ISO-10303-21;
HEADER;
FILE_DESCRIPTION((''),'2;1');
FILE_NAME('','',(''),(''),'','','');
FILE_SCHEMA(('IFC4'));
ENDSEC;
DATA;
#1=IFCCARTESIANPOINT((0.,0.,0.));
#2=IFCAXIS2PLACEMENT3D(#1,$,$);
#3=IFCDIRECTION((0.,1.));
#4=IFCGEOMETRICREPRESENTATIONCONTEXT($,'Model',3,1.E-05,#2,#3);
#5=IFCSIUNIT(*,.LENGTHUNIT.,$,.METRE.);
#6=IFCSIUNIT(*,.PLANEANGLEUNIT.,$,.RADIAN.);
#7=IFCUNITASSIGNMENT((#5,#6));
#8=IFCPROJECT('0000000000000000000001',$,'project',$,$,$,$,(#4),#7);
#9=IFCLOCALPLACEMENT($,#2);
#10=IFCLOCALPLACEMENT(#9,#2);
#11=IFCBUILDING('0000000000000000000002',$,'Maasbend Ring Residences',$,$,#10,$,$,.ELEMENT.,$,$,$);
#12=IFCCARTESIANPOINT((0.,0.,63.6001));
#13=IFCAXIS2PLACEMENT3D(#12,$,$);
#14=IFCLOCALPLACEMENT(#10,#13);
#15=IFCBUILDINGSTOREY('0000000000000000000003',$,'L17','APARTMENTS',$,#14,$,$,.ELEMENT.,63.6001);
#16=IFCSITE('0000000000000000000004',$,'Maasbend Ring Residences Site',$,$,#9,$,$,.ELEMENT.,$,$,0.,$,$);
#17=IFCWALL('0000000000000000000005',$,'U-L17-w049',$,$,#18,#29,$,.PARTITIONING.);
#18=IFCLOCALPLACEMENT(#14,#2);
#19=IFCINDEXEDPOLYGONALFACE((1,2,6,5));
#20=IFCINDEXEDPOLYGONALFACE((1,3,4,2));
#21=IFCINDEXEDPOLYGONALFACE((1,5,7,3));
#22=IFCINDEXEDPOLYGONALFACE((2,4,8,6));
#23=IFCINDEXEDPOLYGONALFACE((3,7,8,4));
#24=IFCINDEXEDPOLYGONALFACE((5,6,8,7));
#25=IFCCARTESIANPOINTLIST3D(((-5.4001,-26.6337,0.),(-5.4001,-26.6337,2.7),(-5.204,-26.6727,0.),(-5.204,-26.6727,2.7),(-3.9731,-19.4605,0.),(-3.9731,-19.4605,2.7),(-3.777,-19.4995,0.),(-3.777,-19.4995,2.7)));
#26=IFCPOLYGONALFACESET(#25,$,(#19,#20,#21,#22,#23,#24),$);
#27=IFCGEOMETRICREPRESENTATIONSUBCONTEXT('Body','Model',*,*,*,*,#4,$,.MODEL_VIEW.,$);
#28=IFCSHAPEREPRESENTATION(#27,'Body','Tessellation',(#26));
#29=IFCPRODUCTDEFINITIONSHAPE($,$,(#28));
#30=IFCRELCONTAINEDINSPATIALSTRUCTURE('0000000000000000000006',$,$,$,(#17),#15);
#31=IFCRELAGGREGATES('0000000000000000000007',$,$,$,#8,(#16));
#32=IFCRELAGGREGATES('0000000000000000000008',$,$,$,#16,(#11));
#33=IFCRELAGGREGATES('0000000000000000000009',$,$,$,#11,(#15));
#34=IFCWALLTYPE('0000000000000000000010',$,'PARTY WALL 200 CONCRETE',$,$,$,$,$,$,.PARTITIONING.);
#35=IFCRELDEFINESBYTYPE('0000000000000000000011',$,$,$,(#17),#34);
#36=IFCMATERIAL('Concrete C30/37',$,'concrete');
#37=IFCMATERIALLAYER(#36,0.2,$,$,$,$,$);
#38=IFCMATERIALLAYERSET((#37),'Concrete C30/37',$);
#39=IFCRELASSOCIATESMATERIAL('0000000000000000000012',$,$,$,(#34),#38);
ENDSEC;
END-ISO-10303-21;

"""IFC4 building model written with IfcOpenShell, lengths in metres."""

from ifc_helpers import new_model, si_unit, direction, frame, frame_2d, origin, place, context, subcontext, project, spatial, rectangle, extrude, material, layer, layer_set, type_object, element, save


model = new_model("IFC4")

# Units and contexts
model_context = context("Model", 3, precision=1e-05, world=origin(), true_north=direction((0.0, 1.0)))
body_context = subcontext(model_context, "Body", "Model", "MODEL_VIEW")
ifc_project = project(units=[si_unit("LENGTHUNIT", "METRE"), si_unit("PLANEANGLEUNIT", "RADIAN")], contexts=[model_context])

# Site, building, storey
site_placement = place(None, origin())
site = spatial("IfcSite", under=ifc_project, at=site_placement, Name="Maasbend Ring Residences Site", CompositionType="ELEMENT", RefElevation=0.0)
building_placement = place(site_placement, origin())
building = spatial("IfcBuilding", under=site, at=building_placement, Name="Maasbend Ring Residences", CompositionType="ELEMENT")
storey_placement = place(building_placement, frame((0.0, 0.0, 63.6001)))
storey = spatial("IfcBuildingStorey", under=building, at=storey_placement, Name="L17", Description="APARTMENTS", CompositionType="ELEMENT", Elevation=63.6001)

# Wall
ifc_material_1 = material(Name="Concrete C30/37", Category="concrete")
ifc_layer_1 = layer(ifc_material_1, 0.2)
ifc_layer_set_1 = layer_set([ifc_layer_1], Name="Concrete C30/37")
wall_type_1 = type_object("IfcWallType", Name="PARTY WALL 200 CONCRETE", PredefinedType="PARTITIONING", material=ifc_layer_set_1)
wall_1_placement = place(storey_placement, frame((-5.302, -26.6531, 0.0), z_axis=(0.0, 0.0, 1.0), x_axis=(0.195115, 0.98078, 0.0)))
element("IfcWall", 1, at=wall_1_placement, inside=storey, type_object=wall_type_1, Name="U-L17-w049", PredefinedType="PARTITIONING", context=body_context, shape_type="SweptSolid", body=[
    extrude(rectangle(XDim=7.3137, YDim=0.2, at=frame_2d((3.6567, 0.0))), origin(), (0.0, 0.0, 1.0), 2.7),
])

save(model, "model.ifc")
